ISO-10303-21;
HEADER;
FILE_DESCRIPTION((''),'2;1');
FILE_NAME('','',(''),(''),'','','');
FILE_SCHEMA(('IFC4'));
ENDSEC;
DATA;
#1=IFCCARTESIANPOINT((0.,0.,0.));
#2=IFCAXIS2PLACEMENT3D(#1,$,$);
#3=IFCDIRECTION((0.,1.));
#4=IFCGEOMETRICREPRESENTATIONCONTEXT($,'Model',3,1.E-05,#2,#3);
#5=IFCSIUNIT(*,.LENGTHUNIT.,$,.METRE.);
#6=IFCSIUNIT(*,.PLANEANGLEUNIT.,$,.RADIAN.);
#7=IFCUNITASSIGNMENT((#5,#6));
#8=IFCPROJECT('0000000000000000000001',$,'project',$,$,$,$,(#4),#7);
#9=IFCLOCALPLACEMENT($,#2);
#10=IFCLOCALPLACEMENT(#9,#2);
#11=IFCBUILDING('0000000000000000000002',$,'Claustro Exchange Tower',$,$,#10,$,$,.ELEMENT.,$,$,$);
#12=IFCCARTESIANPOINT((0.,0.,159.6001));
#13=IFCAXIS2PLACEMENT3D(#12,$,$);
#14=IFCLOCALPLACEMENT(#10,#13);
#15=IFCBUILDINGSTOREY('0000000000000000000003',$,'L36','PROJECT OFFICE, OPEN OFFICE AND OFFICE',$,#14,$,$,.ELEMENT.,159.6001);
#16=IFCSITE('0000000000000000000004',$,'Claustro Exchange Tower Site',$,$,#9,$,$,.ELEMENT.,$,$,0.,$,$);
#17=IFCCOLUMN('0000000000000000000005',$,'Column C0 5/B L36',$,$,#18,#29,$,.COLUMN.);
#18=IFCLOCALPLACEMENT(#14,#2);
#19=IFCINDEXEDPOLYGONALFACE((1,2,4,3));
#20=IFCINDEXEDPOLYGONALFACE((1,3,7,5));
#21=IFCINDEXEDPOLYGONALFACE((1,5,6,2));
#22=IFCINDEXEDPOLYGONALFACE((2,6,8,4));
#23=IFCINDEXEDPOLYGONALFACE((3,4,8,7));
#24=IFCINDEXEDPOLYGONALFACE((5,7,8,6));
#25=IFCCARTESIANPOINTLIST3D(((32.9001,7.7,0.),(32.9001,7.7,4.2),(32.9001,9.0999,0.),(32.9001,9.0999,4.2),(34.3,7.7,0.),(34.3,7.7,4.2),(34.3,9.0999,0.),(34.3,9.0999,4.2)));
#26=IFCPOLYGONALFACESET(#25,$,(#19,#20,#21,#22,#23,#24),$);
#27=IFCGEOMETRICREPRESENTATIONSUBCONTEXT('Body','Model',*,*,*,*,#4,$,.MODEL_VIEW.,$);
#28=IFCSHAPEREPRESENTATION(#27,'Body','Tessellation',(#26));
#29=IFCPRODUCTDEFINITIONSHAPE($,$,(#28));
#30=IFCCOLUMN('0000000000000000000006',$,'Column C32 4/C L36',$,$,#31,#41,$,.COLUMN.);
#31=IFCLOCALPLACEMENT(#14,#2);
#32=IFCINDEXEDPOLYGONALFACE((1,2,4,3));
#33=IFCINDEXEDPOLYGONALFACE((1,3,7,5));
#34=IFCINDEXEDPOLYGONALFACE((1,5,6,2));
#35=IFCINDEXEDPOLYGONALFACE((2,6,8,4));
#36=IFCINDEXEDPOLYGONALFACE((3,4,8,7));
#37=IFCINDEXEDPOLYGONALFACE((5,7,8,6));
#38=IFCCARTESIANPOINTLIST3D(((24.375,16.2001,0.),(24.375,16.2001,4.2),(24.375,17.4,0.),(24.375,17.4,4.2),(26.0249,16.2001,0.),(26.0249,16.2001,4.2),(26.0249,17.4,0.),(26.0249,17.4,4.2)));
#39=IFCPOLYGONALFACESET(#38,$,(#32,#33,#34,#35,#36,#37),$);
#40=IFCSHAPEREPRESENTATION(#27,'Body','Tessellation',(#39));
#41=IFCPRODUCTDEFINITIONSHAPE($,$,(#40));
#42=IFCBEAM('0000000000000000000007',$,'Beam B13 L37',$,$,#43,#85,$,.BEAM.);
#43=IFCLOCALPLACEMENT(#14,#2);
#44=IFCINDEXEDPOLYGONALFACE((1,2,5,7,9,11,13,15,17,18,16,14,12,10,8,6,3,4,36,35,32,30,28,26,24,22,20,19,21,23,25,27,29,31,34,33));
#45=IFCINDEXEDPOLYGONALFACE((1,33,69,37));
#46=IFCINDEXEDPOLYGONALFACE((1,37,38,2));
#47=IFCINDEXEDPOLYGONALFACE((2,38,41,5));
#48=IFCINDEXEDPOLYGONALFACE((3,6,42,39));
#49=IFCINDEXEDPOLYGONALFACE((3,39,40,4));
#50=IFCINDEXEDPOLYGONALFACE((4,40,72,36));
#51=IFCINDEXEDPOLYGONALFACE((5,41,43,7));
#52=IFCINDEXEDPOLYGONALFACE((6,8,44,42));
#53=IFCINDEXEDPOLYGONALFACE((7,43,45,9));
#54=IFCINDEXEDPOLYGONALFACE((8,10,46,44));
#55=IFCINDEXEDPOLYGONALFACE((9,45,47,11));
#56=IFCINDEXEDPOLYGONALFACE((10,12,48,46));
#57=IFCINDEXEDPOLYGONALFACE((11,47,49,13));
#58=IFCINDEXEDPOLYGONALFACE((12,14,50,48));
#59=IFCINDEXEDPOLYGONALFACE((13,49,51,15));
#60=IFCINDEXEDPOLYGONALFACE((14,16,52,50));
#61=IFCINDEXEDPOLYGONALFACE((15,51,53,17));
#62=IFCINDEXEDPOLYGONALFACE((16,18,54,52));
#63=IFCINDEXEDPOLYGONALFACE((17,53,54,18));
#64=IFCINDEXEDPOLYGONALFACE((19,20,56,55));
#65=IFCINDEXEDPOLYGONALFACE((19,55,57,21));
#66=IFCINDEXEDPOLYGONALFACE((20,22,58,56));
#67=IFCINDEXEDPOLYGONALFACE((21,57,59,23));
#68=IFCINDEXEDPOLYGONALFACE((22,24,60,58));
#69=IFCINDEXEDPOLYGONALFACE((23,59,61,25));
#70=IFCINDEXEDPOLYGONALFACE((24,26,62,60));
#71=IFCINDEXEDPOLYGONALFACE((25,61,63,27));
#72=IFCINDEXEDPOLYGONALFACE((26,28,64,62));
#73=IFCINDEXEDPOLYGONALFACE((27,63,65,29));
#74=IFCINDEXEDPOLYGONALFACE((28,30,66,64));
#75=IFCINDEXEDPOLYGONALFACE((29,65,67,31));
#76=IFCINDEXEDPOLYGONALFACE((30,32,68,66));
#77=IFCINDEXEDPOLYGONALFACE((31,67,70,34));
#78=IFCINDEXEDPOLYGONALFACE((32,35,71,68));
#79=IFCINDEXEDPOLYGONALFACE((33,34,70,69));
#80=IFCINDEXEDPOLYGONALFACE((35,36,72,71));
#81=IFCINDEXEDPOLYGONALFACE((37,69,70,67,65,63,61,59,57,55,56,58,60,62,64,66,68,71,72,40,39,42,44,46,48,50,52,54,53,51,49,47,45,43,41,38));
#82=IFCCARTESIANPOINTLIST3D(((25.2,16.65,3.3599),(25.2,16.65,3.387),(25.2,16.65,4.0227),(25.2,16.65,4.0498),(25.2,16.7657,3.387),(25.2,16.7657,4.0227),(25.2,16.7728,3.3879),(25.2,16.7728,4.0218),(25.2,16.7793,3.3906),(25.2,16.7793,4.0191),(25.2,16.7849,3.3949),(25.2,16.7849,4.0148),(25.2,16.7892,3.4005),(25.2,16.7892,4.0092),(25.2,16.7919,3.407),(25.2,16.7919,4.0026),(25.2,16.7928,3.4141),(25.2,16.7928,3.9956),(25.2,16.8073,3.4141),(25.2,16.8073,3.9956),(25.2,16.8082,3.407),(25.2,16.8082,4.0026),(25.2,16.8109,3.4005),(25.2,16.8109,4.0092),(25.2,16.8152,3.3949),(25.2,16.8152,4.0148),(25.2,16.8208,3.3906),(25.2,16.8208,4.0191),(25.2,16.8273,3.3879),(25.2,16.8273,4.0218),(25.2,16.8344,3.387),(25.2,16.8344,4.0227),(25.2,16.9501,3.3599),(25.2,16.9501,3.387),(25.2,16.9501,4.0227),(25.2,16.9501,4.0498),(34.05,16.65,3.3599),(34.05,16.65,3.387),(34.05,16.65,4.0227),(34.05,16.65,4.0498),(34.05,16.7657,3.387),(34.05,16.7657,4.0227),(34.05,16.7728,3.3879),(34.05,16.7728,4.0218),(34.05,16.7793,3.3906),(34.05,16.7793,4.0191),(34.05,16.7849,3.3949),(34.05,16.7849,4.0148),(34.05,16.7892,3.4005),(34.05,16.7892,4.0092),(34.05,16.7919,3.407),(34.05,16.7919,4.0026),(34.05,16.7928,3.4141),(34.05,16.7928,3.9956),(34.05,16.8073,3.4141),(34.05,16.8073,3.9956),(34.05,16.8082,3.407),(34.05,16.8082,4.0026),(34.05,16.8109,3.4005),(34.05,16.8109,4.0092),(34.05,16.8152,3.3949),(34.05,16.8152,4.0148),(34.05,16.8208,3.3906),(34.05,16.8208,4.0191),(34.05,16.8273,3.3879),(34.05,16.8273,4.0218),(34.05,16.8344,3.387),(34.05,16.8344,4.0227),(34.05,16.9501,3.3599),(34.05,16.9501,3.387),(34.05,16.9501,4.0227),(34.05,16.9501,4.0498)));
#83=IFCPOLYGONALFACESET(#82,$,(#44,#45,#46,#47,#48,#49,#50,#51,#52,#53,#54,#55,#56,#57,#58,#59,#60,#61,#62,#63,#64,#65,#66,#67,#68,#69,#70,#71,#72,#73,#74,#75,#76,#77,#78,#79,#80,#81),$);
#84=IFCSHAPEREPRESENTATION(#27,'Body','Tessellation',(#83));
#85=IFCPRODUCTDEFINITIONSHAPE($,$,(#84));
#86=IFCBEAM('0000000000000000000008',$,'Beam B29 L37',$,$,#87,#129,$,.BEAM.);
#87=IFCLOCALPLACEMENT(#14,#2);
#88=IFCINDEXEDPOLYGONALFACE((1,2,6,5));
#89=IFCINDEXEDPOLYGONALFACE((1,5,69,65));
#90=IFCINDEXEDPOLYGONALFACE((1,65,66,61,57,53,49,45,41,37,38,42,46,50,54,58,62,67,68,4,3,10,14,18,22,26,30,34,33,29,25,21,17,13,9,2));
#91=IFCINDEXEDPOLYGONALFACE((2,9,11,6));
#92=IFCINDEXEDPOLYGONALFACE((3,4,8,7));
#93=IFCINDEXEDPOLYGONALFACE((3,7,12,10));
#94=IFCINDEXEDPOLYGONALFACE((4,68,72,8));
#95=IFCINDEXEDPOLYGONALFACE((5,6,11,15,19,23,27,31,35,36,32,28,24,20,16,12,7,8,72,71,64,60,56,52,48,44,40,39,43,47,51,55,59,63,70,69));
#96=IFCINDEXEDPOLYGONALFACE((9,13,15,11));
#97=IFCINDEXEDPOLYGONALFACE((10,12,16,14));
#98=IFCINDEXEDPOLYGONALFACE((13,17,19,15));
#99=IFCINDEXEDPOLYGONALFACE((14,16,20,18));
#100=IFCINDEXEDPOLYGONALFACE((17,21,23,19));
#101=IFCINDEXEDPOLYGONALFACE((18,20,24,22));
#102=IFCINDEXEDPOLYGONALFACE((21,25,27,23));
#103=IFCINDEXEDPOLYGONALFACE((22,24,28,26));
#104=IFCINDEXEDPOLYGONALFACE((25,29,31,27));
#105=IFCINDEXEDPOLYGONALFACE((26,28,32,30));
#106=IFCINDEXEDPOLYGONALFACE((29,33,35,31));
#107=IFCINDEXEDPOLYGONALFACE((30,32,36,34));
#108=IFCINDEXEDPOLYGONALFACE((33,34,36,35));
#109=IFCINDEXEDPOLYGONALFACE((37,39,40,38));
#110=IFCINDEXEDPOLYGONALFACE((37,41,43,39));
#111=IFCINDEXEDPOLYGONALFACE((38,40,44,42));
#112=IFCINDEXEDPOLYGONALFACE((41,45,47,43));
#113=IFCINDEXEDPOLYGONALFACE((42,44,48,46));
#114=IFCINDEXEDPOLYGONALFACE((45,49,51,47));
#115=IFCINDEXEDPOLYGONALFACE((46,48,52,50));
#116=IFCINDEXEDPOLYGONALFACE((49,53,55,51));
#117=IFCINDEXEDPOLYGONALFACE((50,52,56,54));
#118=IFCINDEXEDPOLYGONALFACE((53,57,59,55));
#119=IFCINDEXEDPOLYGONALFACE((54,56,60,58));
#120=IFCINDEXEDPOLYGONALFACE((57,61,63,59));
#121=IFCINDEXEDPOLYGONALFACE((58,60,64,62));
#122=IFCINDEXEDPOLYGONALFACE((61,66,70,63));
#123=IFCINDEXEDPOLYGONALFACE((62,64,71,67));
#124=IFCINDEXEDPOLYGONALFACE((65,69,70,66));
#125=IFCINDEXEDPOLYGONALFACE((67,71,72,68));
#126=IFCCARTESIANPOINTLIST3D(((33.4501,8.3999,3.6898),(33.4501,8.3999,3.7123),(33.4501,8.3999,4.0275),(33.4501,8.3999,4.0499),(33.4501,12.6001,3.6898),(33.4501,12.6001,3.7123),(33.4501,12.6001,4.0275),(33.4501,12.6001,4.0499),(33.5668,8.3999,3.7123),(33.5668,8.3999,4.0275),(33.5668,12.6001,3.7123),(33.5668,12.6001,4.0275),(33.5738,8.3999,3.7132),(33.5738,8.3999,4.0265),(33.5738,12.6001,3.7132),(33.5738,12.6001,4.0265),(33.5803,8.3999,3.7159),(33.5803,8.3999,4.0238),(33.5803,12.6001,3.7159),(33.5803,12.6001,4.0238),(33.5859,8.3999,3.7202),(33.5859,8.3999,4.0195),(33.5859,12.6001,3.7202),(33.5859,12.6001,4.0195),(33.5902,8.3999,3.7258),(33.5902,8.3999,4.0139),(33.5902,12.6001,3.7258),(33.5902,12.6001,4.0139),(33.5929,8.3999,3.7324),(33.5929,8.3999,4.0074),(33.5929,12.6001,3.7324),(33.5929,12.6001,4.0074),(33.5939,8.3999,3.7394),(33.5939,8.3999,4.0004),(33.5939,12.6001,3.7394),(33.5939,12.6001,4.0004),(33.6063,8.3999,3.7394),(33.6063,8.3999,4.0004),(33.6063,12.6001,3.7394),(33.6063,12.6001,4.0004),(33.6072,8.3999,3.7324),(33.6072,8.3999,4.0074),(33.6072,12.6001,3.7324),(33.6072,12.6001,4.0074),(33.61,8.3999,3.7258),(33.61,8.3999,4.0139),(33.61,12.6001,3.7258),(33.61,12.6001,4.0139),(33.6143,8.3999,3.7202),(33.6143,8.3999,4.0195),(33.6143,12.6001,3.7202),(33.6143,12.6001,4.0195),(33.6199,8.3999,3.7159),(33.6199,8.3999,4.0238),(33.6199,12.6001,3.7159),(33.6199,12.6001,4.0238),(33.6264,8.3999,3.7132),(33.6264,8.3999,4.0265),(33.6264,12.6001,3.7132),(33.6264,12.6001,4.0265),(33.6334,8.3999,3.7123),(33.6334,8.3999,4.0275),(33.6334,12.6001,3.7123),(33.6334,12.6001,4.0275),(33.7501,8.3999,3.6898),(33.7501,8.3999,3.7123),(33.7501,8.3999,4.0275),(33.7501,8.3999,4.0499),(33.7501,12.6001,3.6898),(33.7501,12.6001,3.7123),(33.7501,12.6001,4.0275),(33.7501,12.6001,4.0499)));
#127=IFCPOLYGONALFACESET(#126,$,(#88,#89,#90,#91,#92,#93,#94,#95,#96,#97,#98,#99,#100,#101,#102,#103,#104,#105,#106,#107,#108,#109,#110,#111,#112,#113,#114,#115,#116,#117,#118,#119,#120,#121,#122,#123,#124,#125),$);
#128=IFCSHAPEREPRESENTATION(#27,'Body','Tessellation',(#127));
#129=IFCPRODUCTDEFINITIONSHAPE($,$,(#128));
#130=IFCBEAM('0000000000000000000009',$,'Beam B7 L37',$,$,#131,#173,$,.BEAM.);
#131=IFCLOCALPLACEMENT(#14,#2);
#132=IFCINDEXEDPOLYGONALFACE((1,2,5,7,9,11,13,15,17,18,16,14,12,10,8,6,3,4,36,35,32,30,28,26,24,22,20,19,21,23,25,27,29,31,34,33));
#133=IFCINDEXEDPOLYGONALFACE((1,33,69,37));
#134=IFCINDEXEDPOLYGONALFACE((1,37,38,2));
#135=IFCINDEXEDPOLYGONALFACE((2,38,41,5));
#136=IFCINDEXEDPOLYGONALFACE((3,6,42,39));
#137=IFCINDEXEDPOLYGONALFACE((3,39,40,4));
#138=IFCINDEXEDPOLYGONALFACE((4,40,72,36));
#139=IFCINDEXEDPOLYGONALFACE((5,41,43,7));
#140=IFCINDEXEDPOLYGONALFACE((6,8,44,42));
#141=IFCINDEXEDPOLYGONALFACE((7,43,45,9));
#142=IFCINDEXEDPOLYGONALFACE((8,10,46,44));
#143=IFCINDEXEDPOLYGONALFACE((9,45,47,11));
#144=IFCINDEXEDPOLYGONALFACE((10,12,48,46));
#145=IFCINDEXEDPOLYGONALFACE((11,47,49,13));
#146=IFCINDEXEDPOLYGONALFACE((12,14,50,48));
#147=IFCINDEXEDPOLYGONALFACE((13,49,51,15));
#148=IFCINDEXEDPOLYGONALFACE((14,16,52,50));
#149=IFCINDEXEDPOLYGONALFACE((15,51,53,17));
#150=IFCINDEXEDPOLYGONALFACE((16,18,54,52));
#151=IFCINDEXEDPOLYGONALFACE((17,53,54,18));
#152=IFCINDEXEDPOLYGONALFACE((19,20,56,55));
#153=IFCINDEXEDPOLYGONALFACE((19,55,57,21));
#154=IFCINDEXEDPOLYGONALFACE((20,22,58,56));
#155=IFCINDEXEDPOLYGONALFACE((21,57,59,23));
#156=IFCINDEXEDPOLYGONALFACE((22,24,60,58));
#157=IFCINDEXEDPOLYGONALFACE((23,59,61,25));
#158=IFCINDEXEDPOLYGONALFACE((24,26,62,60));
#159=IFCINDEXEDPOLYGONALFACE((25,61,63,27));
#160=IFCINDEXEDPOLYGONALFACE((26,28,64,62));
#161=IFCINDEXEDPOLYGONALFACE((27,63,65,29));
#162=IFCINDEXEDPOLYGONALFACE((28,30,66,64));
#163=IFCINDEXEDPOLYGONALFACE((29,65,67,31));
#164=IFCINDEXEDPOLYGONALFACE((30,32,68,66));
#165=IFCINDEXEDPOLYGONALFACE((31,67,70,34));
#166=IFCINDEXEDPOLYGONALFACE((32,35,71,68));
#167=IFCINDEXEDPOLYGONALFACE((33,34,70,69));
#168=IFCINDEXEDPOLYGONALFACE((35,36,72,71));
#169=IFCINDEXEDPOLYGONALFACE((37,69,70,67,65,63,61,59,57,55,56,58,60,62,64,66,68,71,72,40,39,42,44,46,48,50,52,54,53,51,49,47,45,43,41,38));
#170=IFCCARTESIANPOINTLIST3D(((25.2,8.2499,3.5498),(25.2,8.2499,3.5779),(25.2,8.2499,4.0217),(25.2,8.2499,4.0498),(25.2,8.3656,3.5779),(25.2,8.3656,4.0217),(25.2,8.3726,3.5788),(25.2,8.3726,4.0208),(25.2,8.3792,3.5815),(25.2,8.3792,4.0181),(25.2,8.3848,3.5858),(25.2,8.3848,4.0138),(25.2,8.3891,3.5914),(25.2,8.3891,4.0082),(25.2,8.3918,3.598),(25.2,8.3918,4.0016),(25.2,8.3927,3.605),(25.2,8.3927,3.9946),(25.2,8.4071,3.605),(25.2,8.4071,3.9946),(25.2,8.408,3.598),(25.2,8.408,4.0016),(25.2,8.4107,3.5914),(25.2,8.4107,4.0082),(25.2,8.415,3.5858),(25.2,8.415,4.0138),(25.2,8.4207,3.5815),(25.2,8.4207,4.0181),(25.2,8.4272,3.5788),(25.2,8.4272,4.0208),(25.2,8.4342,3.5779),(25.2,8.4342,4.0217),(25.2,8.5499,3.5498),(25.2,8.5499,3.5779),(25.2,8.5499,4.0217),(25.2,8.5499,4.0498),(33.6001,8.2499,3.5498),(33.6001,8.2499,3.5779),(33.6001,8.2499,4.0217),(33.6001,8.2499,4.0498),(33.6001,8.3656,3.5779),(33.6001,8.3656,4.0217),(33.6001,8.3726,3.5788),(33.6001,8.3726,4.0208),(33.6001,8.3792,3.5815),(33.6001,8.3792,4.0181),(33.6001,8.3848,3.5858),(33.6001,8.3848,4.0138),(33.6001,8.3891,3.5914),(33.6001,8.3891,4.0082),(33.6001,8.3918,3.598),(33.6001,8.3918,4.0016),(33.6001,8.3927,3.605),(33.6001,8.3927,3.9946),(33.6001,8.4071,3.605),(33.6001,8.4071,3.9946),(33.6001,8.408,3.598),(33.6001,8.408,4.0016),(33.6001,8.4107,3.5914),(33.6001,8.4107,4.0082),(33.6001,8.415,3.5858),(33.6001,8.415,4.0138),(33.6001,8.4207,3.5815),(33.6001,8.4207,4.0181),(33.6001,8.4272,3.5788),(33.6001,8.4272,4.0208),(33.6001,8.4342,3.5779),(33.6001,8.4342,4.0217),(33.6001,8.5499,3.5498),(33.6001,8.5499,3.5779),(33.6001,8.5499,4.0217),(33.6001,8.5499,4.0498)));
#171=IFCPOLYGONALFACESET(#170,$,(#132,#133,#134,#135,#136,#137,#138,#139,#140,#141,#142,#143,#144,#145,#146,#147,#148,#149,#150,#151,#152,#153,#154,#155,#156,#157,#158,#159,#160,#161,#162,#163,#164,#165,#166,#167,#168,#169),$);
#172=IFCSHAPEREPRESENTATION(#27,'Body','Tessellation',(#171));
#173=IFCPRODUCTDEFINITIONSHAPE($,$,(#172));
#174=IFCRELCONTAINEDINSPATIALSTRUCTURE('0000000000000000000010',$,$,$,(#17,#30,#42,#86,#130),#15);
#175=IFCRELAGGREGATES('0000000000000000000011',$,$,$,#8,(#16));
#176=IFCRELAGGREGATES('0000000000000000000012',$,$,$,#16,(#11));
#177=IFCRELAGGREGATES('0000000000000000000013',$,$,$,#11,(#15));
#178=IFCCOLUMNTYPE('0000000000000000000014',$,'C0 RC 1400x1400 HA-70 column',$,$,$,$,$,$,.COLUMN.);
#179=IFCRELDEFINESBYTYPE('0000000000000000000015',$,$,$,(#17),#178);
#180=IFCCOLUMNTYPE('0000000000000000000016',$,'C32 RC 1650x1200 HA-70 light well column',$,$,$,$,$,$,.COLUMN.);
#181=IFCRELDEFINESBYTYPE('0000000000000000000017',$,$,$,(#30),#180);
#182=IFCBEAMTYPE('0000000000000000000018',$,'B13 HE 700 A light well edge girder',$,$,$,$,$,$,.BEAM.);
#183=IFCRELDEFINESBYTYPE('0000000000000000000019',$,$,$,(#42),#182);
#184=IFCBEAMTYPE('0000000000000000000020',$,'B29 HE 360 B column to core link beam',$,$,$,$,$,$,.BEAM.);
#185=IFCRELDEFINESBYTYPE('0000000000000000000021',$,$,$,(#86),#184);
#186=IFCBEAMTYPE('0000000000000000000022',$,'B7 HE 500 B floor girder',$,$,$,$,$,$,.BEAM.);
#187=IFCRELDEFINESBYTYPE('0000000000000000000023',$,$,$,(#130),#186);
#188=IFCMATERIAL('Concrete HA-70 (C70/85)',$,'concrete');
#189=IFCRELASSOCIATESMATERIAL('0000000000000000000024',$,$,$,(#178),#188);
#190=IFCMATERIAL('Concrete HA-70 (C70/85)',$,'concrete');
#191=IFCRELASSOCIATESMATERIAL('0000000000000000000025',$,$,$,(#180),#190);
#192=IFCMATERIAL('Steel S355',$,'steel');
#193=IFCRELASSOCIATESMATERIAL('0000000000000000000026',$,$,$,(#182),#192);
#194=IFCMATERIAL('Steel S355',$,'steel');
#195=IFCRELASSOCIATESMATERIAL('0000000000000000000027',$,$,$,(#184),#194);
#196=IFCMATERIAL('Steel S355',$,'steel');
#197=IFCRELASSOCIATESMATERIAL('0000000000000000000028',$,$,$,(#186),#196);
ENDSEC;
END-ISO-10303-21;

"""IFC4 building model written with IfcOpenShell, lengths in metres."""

from ifc_helpers import new_model, si_unit, direction, frame, origin, origin_2d, place, context, subcontext, project, spatial, rectangle, i_section, extrude, material, material_profile, profile_set, type_object, element, save


model = new_model("IFC4")

# Units and contexts
model_context = context("Model", 3, precision=1e-05, world=origin(), true_north=direction((0.0, 1.0)))
body_context = subcontext(model_context, "Body", "Model", "MODEL_VIEW")
ifc_project = project(units=[si_unit("LENGTHUNIT", "METRE"), si_unit("PLANEANGLEUNIT", "RADIAN")], contexts=[model_context])

# Site, building, storey
site_placement = place(None, origin())
site = spatial("IfcSite", under=ifc_project, at=site_placement, Name="Claustro Exchange Tower Site", CompositionType="ELEMENT", RefElevation=0.0)
building_placement = place(site_placement, origin())
building = spatial("IfcBuilding", under=site, at=building_placement, Name="Claustro Exchange Tower", CompositionType="ELEMENT")
storey_placement = place(building_placement, frame((0.0, 0.0, 159.6001)))
storey = spatial("IfcBuildingStorey", under=building, at=storey_placement, Name="L36", Description="PROJECT OFFICE, OPEN OFFICE AND OFFICE", CompositionType="ELEMENT", Elevation=159.6001)

# Columns
ifc_material_1 = material(Name="Concrete HA-70 (C70/85)", Category="concrete")
ifc_material_profile_1 = material_profile(ifc_material_1, rectangle(XDim=1.3999, YDim=1.3999, at=origin_2d()), Name="RC 1400x1400")
ifc_profile_set_1 = profile_set([ifc_material_profile_1], Name="Concrete HA-70 (C70/85)")
column_type_1 = type_object("IfcColumnType", Name="C0 RC 1400x1400 HA-70 column", PredefinedType="COLUMN", material=ifc_profile_set_1)
column_1_placement = place(storey_placement, frame((33.6001, 8.3999, 0.0), z_axis=(0.0, 0.0, 1.0), x_axis=(1.0, 0.0, 0.0)))
element("IfcColumn", 1, at=column_1_placement, inside=storey, type_object=column_type_1, Name="Column C0 5/B L36", PredefinedType="COLUMN", context=body_context, shape_type="SweptSolid", body=[
    extrude(rectangle(XDim=1.3999, YDim=1.3999, at=origin_2d()), origin(), (0.0, 0.0, 1.0), 4.2),
])
ifc_material_2 = material(Name="Concrete HA-70 (C70/85)", Category="concrete")
ifc_material_profile_2 = material_profile(ifc_material_2, rectangle(XDim=1.6499, YDim=1.2, at=origin_2d()), Name="RC 1650x1200")
ifc_profile_set_2 = profile_set([ifc_material_profile_2], Name="Concrete HA-70 (C70/85)")
column_type_2 = type_object("IfcColumnType", Name="C32 RC 1650x1200 HA-70 light well column", PredefinedType="COLUMN", material=ifc_profile_set_2)
column_2_placement = place(storey_placement, frame((25.2, 16.8, 0.0), z_axis=(0.0, 0.0, 1.0), x_axis=(1.0, 0.0, 0.0)))
element("IfcColumn", 2, at=column_2_placement, inside=storey, type_object=column_type_2, Name="Column C32 4/C L36", PredefinedType="COLUMN", context=body_context, shape_type="SweptSolid", body=[
    extrude(rectangle(XDim=1.6499, YDim=1.2, at=origin_2d()), origin(), (0.0, 0.0, 1.0), 4.2),
])

# Beams
ifc_material_3 = material(Name="Steel S355", Category="steel")
ifc_material_profile_3 = material_profile(ifc_material_3, i_section(OverallWidth=0.3, OverallDepth=0.6899, WebThickness=0.0144, FlangeThickness=0.0271, FilletRadius=0.0271, at=origin_2d()), Name="HE 700 A")
ifc_profile_set_3 = profile_set([ifc_material_profile_3], Name="Steel S355")
beam_type_1 = type_object("IfcBeamType", Name="B13 HE 700 A light well edge girder", PredefinedType="BEAM", material=ifc_profile_set_3)
beam_1_placement = place(storey_placement, frame((25.2, 16.8, 3.7048), z_axis=(1.0, 0.0, 0.0), x_axis=(0.0, 1.0, 0.0)))
element("IfcBeam", 3, at=beam_1_placement, inside=storey, type_object=beam_type_1, Name="Beam B13 L37", PredefinedType="BEAM", context=body_context, shape_type="SweptSolid", body=[
    extrude(i_section(OverallWidth=0.3, OverallDepth=0.6899, WebThickness=0.0144, FlangeThickness=0.0271, FilletRadius=0.0271, at=origin_2d()), origin(), (0.0, 0.0, 1.0), 8.8501),
])
ifc_material_4 = material(Name="Steel S355", Category="steel")
ifc_material_profile_4 = material_profile(ifc_material_4, i_section(OverallWidth=0.3, OverallDepth=0.3601, WebThickness=0.0125, FlangeThickness=0.0225, FilletRadius=0.0271, at=origin_2d()), Name="HE 360 B")
ifc_profile_set_4 = profile_set([ifc_material_profile_4], Name="Steel S355")
beam_type_2 = type_object("IfcBeamType", Name="B29 HE 360 B column to core link beam", PredefinedType="BEAM", material=ifc_profile_set_4)
beam_2_placement = place(storey_placement, frame((33.6001, 8.3999, 3.8699), z_axis=(0.0, 1.0, 0.0), x_axis=(-1.0, 0.0, 0.0)))
element("IfcBeam", 4, at=beam_2_placement, inside=storey, type_object=beam_type_2, Name="Beam B29 L37", PredefinedType="BEAM", context=body_context, shape_type="SweptSolid", body=[
    extrude(i_section(OverallWidth=0.3, OverallDepth=0.3601, WebThickness=0.0125, FlangeThickness=0.0225, FilletRadius=0.0271, at=origin_2d()), origin(), (0.0, 0.0, 1.0), 4.2002),
])
ifc_material_5 = material(Name="Steel S355", Category="steel")
ifc_material_profile_5 = material_profile(ifc_material_5, i_section(OverallWidth=0.3, OverallDepth=0.5, WebThickness=0.0144, FlangeThickness=0.0281, FilletRadius=0.0271, at=origin_2d()), Name="HE 500 B")
ifc_profile_set_5 = profile_set([ifc_material_profile_5], Name="Steel S355")
beam_type_3 = type_object("IfcBeamType", Name="B7 HE 500 B floor girder", PredefinedType="BEAM", material=ifc_profile_set_5)
beam_3_placement = place(storey_placement, frame((25.2, 8.3999, 3.7998), z_axis=(1.0, 0.0, 0.0), x_axis=(0.0, 1.0, 0.0)))
element("IfcBeam", 5, at=beam_3_placement, inside=storey, type_object=beam_type_3, Name="Beam B7 L37", PredefinedType="BEAM", context=body_context, shape_type="SweptSolid", body=[
    extrude(i_section(OverallWidth=0.3, OverallDepth=0.5, WebThickness=0.0144, FlangeThickness=0.0281, FilletRadius=0.0271, at=origin_2d()), origin(), (0.0, 0.0, 1.0), 8.4001),
])

save(model, "model.ifc")
